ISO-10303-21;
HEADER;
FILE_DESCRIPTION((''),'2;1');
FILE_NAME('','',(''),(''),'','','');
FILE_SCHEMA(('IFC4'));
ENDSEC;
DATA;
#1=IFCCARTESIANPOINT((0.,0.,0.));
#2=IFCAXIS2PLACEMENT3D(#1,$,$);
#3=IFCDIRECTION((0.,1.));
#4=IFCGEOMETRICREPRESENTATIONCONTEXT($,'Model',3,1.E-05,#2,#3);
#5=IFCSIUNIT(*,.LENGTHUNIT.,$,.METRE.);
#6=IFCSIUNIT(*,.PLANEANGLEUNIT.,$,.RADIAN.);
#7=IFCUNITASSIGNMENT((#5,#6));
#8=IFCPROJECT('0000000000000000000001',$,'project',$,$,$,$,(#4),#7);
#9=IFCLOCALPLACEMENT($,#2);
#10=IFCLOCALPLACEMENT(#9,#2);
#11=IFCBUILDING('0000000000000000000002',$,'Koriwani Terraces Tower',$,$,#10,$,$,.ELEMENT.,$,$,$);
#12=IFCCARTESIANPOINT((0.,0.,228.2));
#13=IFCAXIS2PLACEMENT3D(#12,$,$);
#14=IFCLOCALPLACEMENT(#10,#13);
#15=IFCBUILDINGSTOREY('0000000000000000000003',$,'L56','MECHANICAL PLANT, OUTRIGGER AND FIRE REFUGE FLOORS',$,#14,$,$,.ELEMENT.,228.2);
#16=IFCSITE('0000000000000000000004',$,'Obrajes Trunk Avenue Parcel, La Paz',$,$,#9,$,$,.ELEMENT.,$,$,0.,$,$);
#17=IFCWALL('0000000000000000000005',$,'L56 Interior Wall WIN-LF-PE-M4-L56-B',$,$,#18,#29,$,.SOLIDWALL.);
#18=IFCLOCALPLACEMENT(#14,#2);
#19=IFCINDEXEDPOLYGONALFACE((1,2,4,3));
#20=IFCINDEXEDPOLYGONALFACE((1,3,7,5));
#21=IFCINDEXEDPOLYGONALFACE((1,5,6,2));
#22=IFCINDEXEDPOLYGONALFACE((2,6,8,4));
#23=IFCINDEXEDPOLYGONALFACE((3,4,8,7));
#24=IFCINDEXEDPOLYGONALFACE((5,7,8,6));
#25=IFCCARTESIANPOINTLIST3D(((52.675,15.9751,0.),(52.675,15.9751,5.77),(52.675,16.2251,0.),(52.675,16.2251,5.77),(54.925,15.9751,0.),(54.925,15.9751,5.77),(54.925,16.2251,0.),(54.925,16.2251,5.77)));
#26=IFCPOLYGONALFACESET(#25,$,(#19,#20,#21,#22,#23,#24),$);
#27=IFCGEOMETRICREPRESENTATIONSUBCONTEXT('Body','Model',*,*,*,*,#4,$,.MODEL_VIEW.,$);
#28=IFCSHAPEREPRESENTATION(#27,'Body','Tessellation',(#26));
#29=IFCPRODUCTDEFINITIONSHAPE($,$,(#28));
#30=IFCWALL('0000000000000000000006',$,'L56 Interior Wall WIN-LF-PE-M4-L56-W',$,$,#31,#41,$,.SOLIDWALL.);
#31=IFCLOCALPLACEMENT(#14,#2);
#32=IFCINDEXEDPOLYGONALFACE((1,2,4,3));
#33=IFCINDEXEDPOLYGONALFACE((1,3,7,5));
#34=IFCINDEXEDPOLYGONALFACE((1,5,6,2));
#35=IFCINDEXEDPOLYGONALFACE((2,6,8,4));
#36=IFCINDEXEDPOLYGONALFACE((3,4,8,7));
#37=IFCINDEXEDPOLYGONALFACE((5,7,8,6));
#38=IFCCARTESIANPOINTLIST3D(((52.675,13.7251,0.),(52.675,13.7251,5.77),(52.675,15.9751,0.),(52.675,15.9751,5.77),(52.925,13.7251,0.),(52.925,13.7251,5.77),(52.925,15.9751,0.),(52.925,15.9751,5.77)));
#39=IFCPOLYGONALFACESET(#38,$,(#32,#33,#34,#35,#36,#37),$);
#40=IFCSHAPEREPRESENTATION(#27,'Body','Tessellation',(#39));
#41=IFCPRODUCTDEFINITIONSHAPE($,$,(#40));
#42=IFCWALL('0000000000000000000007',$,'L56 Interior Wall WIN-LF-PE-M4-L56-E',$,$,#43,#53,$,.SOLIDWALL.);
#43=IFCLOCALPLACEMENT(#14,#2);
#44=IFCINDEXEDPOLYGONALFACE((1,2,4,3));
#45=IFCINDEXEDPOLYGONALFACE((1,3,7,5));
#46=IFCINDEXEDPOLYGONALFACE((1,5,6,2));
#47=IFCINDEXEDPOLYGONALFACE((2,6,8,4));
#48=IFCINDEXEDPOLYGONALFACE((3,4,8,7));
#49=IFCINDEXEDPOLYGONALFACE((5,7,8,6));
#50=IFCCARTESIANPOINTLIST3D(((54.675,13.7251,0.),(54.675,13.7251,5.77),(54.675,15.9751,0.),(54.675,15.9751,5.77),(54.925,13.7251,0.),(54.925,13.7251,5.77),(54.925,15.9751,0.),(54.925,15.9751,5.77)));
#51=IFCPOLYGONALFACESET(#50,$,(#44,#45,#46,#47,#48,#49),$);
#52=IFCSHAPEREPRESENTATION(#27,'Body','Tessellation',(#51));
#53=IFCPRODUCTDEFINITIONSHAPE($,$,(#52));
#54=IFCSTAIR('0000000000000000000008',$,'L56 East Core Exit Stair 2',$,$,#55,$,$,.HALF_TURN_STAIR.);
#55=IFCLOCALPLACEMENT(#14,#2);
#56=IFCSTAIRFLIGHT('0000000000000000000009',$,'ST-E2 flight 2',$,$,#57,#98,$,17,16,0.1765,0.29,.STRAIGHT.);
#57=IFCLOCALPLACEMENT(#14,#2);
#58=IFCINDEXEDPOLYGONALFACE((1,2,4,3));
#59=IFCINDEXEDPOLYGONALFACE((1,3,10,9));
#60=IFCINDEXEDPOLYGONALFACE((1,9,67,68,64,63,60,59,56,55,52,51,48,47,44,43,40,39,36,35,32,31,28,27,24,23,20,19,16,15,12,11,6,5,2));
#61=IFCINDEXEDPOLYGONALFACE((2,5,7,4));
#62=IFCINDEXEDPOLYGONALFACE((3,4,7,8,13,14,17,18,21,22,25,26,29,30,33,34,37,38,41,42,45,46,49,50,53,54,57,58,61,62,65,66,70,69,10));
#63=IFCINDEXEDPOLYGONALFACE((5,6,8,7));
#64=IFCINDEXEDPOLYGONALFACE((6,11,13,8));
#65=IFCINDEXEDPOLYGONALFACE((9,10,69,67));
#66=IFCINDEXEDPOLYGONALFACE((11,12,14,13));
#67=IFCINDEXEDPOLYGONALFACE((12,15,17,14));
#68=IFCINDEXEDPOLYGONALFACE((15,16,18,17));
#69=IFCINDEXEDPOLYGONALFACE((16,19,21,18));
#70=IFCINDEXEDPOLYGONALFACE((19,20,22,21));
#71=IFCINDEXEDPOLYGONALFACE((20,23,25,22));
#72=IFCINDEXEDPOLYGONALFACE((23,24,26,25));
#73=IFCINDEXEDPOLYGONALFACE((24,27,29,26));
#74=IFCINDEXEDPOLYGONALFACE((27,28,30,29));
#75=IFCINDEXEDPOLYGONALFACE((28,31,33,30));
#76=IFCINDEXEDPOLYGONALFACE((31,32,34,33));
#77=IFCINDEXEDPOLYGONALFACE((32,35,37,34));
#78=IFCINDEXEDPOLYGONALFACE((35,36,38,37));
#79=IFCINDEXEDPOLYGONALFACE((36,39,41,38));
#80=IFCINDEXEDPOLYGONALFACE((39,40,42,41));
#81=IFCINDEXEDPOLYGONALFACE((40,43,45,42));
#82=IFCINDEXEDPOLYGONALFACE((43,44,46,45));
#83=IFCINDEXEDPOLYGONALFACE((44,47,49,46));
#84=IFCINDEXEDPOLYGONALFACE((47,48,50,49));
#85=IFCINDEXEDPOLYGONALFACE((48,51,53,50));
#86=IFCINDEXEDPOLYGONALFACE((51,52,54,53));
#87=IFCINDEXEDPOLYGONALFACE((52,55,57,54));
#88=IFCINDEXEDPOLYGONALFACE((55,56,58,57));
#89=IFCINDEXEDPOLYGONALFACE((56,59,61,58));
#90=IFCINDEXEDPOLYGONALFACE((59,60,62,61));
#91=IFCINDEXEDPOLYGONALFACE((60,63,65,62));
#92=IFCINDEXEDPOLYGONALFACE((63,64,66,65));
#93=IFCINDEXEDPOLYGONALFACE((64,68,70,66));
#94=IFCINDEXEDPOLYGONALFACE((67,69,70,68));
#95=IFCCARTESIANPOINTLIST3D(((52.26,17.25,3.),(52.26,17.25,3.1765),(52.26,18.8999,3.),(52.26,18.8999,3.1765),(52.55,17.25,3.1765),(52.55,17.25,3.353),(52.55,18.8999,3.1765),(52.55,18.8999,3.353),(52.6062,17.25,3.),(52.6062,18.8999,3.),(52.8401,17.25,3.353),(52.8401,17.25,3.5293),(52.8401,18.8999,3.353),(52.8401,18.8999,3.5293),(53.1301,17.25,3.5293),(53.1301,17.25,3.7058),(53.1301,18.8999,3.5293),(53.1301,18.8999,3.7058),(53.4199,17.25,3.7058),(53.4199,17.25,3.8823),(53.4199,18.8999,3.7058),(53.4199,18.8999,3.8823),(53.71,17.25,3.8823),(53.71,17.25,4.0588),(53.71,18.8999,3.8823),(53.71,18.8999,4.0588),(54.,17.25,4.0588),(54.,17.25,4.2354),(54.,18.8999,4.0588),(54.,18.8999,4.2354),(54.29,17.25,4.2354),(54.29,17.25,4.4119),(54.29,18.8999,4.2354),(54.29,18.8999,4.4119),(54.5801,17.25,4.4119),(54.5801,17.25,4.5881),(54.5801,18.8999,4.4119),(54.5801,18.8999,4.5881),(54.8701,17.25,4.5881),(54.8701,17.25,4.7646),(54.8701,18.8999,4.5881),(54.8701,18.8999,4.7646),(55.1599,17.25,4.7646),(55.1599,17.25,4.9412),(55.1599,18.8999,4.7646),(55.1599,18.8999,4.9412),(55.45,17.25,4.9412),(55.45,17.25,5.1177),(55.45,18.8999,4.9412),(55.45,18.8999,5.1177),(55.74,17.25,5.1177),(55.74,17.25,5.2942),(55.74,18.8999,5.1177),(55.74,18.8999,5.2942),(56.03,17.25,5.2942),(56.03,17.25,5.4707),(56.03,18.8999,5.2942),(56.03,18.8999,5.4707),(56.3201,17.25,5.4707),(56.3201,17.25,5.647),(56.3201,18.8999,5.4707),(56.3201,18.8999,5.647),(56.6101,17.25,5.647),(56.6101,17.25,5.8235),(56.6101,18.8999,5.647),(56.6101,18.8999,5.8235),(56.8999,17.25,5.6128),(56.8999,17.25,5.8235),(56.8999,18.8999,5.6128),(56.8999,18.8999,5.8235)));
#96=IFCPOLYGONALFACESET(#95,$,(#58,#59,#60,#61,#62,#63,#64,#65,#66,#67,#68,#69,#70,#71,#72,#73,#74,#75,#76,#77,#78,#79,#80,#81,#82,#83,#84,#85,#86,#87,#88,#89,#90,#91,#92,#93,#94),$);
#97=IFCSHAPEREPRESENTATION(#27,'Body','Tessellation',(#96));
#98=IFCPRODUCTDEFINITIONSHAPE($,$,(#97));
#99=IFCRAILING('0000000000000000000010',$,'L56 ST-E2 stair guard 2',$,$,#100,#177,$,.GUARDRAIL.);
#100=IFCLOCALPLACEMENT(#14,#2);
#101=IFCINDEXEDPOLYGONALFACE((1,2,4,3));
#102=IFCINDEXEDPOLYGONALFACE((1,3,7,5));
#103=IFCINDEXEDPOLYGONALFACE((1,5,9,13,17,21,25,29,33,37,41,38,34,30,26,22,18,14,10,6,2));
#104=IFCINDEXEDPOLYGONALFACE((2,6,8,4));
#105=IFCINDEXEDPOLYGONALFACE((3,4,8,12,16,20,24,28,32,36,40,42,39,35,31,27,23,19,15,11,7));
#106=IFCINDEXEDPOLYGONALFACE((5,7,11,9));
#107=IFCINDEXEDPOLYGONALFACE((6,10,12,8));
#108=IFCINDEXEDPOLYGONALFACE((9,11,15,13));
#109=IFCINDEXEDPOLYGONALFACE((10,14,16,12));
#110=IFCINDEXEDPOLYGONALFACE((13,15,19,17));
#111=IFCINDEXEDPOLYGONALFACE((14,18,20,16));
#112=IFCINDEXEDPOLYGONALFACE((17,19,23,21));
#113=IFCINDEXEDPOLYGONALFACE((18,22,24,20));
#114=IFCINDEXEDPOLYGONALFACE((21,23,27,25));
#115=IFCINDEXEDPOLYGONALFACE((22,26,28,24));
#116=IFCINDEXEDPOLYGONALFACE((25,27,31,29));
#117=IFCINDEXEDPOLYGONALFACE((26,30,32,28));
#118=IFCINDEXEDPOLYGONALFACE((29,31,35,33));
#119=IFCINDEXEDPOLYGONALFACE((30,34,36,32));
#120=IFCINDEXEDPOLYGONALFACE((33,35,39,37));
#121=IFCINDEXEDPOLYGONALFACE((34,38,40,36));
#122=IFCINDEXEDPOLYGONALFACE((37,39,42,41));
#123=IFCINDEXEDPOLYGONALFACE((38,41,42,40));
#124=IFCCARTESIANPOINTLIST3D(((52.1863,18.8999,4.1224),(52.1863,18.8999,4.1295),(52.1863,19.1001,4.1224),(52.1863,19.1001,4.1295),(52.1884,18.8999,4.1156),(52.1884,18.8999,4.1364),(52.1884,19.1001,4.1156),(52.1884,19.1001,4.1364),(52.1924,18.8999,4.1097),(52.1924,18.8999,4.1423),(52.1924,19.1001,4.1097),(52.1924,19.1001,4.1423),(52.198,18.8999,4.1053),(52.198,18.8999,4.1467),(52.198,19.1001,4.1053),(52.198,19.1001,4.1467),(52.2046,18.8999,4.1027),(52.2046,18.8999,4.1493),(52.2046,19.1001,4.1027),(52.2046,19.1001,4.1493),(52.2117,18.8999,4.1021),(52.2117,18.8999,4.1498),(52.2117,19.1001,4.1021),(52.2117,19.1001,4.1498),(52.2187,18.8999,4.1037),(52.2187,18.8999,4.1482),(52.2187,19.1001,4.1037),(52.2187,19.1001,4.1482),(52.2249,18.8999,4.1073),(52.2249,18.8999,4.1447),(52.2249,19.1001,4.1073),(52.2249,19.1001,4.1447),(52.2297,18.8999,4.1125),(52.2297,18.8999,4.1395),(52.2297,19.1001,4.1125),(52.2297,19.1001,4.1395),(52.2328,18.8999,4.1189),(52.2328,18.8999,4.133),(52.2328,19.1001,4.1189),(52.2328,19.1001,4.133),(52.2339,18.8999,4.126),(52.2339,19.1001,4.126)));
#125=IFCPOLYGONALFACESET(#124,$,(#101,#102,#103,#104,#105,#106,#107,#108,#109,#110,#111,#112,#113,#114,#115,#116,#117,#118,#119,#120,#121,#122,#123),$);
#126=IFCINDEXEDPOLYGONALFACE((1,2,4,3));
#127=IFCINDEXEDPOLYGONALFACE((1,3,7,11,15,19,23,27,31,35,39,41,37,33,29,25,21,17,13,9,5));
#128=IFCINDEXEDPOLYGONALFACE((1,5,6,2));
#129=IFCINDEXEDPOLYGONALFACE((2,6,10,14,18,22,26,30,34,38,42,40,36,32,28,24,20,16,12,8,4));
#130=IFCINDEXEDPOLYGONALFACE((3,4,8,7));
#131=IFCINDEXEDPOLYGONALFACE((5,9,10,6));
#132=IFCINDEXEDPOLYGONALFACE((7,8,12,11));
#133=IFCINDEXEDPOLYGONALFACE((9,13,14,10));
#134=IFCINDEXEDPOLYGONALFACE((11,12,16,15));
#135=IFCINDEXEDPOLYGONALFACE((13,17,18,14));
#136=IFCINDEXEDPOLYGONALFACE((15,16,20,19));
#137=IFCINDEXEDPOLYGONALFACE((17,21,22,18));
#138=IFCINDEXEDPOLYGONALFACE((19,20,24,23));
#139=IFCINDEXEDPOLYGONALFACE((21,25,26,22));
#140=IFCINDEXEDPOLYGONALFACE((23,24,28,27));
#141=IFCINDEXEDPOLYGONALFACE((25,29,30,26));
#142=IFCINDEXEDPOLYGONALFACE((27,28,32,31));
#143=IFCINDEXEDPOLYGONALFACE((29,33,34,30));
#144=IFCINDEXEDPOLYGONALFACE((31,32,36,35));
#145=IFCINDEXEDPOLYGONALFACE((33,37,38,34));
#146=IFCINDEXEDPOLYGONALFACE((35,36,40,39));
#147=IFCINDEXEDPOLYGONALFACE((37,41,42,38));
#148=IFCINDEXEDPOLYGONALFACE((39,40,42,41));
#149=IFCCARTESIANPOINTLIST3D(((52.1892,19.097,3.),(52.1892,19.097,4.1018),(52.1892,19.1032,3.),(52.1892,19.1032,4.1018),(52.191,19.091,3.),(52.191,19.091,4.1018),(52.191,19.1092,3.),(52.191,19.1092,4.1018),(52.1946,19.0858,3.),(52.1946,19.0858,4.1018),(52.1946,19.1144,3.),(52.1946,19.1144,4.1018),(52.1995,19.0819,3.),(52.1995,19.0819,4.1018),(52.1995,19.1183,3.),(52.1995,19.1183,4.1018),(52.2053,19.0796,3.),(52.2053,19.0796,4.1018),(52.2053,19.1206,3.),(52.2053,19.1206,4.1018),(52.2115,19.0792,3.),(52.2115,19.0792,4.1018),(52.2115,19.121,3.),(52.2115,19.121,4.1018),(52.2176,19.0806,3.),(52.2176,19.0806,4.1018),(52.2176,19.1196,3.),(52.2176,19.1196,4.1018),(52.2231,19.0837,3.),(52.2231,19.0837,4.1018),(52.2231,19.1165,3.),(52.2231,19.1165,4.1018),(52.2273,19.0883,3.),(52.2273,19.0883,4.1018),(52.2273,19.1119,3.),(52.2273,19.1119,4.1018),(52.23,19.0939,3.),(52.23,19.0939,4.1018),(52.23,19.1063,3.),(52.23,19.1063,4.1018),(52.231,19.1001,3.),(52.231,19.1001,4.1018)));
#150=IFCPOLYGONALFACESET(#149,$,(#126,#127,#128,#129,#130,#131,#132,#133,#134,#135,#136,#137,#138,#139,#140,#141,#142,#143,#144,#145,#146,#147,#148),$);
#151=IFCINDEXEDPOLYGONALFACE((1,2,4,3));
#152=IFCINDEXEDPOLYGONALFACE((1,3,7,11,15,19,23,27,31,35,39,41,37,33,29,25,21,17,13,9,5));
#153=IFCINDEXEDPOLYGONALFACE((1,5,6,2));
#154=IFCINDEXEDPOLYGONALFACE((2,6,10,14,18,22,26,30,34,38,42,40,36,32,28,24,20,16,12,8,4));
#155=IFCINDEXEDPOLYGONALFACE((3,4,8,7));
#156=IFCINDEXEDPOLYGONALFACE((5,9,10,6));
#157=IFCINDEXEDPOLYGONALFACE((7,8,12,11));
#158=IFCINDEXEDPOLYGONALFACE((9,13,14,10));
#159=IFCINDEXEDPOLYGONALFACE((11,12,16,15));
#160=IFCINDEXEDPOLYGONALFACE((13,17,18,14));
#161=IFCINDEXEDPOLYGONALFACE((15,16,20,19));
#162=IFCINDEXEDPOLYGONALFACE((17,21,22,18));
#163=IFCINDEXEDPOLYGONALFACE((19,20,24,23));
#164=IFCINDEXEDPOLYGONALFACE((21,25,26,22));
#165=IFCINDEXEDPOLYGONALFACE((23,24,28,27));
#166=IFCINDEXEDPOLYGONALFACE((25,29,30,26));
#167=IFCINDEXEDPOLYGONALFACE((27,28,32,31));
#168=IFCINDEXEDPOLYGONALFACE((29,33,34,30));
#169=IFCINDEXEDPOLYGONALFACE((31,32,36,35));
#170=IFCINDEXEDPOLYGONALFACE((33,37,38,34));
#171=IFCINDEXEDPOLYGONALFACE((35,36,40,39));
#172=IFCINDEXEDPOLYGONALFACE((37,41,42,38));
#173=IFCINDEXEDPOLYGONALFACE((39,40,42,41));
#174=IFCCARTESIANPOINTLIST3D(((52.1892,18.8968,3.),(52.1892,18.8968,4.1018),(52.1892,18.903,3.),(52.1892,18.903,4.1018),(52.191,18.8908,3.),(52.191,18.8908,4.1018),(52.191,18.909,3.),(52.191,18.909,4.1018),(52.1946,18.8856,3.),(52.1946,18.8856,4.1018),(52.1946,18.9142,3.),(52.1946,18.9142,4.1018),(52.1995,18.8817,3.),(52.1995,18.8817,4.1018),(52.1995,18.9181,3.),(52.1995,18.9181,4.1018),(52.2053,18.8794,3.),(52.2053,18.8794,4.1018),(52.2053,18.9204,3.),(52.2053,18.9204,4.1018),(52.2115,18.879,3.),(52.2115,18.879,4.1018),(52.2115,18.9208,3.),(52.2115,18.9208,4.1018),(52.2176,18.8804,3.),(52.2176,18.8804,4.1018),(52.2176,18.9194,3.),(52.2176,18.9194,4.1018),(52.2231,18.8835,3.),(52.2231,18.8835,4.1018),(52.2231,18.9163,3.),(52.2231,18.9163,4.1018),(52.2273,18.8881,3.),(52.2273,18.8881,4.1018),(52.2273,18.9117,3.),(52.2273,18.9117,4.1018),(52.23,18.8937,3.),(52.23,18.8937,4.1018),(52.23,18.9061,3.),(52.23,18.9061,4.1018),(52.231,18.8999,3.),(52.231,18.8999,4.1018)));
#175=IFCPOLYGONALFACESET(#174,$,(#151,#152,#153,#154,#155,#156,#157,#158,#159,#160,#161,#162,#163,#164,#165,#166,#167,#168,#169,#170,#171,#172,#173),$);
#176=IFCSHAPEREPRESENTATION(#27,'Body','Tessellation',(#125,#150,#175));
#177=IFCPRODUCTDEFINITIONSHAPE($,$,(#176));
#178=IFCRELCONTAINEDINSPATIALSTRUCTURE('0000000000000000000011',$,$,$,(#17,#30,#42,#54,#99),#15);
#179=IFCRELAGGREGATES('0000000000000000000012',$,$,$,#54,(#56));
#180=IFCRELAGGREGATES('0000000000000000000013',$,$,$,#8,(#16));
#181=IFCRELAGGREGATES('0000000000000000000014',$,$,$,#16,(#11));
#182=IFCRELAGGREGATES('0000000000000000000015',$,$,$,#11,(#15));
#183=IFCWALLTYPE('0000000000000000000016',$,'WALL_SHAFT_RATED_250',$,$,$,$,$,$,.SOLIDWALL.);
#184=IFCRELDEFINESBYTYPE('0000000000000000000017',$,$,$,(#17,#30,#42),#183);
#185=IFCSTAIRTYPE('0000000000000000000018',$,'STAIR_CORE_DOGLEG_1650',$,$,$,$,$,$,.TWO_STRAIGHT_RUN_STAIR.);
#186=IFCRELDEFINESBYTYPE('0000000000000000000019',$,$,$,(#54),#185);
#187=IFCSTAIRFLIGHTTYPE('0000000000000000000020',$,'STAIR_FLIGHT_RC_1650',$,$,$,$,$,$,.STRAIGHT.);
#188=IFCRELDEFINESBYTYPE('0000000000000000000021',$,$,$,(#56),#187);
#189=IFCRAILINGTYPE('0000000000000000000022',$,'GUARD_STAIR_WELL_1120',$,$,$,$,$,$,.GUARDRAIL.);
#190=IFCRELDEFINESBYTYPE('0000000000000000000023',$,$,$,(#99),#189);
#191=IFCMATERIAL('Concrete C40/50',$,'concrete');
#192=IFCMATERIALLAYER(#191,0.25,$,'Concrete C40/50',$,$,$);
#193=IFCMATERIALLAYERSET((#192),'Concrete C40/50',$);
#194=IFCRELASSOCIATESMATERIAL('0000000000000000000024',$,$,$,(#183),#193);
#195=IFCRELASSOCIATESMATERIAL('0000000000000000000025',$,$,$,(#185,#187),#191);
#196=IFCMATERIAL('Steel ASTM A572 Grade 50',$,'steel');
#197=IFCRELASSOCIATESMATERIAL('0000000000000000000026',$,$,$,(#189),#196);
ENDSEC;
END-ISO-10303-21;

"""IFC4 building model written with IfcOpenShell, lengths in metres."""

from ifc_helpers import new_model, si_unit, direction, frame, frame_2d, origin, origin_2d, place, context, subcontext, project, spatial, polyline, rectangle, circle, outline, extrude, material, layer, layer_set, type_object, element, aggregate, save


model = new_model("IFC4")

# Units and contexts
model_context = context("Model", 3, precision=1e-05, world=origin(), true_north=direction((0.0, 1.0)))
body_context = subcontext(model_context, "Body", "Model", "MODEL_VIEW")
ifc_project = project(units=[si_unit("LENGTHUNIT", "METRE"), si_unit("PLANEANGLEUNIT", "RADIAN")], contexts=[model_context])

# Site, building, storey
site_placement = place(None, origin())
site = spatial("IfcSite", under=ifc_project, at=site_placement, Name="Obrajes Trunk Avenue Parcel, La Paz", CompositionType="ELEMENT", RefElevation=0.0)
building_placement = place(site_placement, origin())
building = spatial("IfcBuilding", under=site, at=building_placement, Name="Koriwani Terraces Tower", CompositionType="ELEMENT")
storey_placement = place(building_placement, frame((0.0, 0.0, 228.2)))
storey = spatial("IfcBuildingStorey", under=building, at=storey_placement, Name="L56", Description="MECHANICAL PLANT, OUTRIGGER AND FIRE REFUGE FLOORS", CompositionType="ELEMENT", Elevation=228.2)

# Shared definitions
ifc_material_1 = material(Name="Concrete C40/50", Category="concrete")

# Shared definitions
ifc_material_2 = material(Name="Steel ASTM A572 Grade 50", Category="steel")

# Shared definitions
ifc_layer_1 = layer(ifc_material_1, 0.25, Name="Concrete C40/50")
ifc_layer_set_1 = layer_set([ifc_layer_1], Name="Concrete C40/50")
wall_type = type_object("IfcWallType", Name="WALL_SHAFT_RATED_250", PredefinedType="SOLIDWALL", material=ifc_layer_set_1)

# Walls
for number, where, z_axis, x_axis, name in (
    (1, (52.675, 16.1001, 0.0), (0.0, 0.0, 1.0), (1.0, 0.0, 0.0), "L56 Interior Wall WIN-LF-PE-M4-L56-B"),
    (2, (52.8, 13.7251, 0.0), (0.0, 0.0, 1.0), (0.0, 1.0, 0.0), "L56 Interior Wall WIN-LF-PE-M4-L56-W"),
    (3, (54.8, 13.7251, 0.0), (0.0, 0.0, 1.0), (0.0, 1.0, 0.0), "L56 Interior Wall WIN-LF-PE-M4-L56-E"),
):
    element("IfcWall", number, at=place(storey_placement, frame(where, z_axis=z_axis, x_axis=x_axis)), inside=storey, type_object=wall_type, Name=name, PredefinedType="SOLIDWALL", context=body_context, shape_type="SweptSolid", body=[
        extrude(rectangle(XDim=2.25, YDim=0.25, at=frame_2d((1.125, 0.0))), origin(), (0.0, 0.0, 1.0), 5.77),
    ])

# Stair, stair flight
stair_type = type_object("IfcStairType", Name="STAIR_CORE_DOGLEG_1650", PredefinedType="TWO_STRAIGHT_RUN_STAIR", material=ifc_material_1)
stair_placement = place(storey_placement, origin())
stair = element("IfcStair", 4, at=stair_placement, inside=storey, type_object=stair_type, Name="L56 East Core Exit Stair 2", PredefinedType="HALF_TURN_STAIR")
stair_flight_type = type_object("IfcStairFlightType", Name="STAIR_FLIGHT_RC_1650", PredefinedType="STRAIGHT", material=ifc_material_1)
stair_flight_placement = place(storey_placement, frame((52.26, 18.075, 3.0), z_axis=(0.0, 0.0, 1.0), x_axis=(1.0, 0.0, 0.0)))
stair_flight = element("IfcStairFlight", 5, at=stair_flight_placement, type_object=stair_flight_type, Name="ST-E2 flight 2", NumberOfRisers=17, NumberOfTreads=16, PredefinedType="STRAIGHT", RiserHeight=0.1765, TreadLength=0.29, context=body_context, shape_type="SweptSolid", body=[
    extrude(outline(polyline([(0.0, 0.0), (0.0, 0.1765), (0.29, 0.1765), (0.29, 0.353), (0.5801, 0.353), (0.5801, 0.5293), (0.8701, 0.5293), (0.8701, 0.7058), (1.1599, 0.7058), (1.1599, 0.8823), (1.45, 0.8823), (1.45, 1.0588), (1.74, 1.0588), (1.74, 1.2354), (2.03, 1.2354), (2.03, 1.4119), (2.3201, 1.4119), (2.3201, 1.5881), (2.6101, 1.5881), (2.6101, 1.7646), (2.8999, 1.7646), (2.8999, 1.9412), (3.1899, 1.9412), (3.1899, 2.1177), (3.48, 2.1177), (3.48, 2.2942), (3.77, 2.2942), (3.77, 2.4707), (4.0601, 2.4707), (4.0601, 2.647), (4.3501, 2.647), (4.3501, 2.8235), (4.6399, 2.8235), (4.6399, 3.0), (4.6399, 2.6128), (0.3462, 0.0), (0.0, 0.0)])), frame((0.0, 0.825, 0.0), z_axis=(0.0, -1.0, 0.0), x_axis=(1.0, 0.0, 0.0)), (0.0, 0.0, 1.0), 1.6499),
])
aggregate(stair, [stair_flight])

# Railing
railing_type_1 = type_object("IfcRailingType", Name="GUARD_STAIR_WELL_1120", PredefinedType="GUARDRAIL", material=ifc_material_2)
railing_1_placement = place(storey_placement, frame((52.21, 19.1001, 3.0)))
element("IfcRailing", 6, at=railing_1_placement, inside=storey, type_object=railing_type_1, Name="L56 ST-E2 stair guard 2", PredefinedType="GUARDRAIL", context=body_context, shape_type="SweptSolid", body=[
    extrude(circle(Radius=0.0239, at=origin_2d()), frame((0.0, 0.0, 1.126), z_axis=(0.0, -1.0, 0.0), x_axis=(1.0, 0.0, 0.0)), (0.0, 0.0, 1.0), 0.2002),
    extrude(circle(Radius=0.021, at=origin_2d()), origin(), (0.0, 0.0, 1.0), 1.1018),
    extrude(circle(Radius=0.021, at=origin_2d()), frame((0.0, -0.2002, 0.0)), (0.0, 0.0, 1.0), 1.1018),
])

save(model, "model.ifc")
